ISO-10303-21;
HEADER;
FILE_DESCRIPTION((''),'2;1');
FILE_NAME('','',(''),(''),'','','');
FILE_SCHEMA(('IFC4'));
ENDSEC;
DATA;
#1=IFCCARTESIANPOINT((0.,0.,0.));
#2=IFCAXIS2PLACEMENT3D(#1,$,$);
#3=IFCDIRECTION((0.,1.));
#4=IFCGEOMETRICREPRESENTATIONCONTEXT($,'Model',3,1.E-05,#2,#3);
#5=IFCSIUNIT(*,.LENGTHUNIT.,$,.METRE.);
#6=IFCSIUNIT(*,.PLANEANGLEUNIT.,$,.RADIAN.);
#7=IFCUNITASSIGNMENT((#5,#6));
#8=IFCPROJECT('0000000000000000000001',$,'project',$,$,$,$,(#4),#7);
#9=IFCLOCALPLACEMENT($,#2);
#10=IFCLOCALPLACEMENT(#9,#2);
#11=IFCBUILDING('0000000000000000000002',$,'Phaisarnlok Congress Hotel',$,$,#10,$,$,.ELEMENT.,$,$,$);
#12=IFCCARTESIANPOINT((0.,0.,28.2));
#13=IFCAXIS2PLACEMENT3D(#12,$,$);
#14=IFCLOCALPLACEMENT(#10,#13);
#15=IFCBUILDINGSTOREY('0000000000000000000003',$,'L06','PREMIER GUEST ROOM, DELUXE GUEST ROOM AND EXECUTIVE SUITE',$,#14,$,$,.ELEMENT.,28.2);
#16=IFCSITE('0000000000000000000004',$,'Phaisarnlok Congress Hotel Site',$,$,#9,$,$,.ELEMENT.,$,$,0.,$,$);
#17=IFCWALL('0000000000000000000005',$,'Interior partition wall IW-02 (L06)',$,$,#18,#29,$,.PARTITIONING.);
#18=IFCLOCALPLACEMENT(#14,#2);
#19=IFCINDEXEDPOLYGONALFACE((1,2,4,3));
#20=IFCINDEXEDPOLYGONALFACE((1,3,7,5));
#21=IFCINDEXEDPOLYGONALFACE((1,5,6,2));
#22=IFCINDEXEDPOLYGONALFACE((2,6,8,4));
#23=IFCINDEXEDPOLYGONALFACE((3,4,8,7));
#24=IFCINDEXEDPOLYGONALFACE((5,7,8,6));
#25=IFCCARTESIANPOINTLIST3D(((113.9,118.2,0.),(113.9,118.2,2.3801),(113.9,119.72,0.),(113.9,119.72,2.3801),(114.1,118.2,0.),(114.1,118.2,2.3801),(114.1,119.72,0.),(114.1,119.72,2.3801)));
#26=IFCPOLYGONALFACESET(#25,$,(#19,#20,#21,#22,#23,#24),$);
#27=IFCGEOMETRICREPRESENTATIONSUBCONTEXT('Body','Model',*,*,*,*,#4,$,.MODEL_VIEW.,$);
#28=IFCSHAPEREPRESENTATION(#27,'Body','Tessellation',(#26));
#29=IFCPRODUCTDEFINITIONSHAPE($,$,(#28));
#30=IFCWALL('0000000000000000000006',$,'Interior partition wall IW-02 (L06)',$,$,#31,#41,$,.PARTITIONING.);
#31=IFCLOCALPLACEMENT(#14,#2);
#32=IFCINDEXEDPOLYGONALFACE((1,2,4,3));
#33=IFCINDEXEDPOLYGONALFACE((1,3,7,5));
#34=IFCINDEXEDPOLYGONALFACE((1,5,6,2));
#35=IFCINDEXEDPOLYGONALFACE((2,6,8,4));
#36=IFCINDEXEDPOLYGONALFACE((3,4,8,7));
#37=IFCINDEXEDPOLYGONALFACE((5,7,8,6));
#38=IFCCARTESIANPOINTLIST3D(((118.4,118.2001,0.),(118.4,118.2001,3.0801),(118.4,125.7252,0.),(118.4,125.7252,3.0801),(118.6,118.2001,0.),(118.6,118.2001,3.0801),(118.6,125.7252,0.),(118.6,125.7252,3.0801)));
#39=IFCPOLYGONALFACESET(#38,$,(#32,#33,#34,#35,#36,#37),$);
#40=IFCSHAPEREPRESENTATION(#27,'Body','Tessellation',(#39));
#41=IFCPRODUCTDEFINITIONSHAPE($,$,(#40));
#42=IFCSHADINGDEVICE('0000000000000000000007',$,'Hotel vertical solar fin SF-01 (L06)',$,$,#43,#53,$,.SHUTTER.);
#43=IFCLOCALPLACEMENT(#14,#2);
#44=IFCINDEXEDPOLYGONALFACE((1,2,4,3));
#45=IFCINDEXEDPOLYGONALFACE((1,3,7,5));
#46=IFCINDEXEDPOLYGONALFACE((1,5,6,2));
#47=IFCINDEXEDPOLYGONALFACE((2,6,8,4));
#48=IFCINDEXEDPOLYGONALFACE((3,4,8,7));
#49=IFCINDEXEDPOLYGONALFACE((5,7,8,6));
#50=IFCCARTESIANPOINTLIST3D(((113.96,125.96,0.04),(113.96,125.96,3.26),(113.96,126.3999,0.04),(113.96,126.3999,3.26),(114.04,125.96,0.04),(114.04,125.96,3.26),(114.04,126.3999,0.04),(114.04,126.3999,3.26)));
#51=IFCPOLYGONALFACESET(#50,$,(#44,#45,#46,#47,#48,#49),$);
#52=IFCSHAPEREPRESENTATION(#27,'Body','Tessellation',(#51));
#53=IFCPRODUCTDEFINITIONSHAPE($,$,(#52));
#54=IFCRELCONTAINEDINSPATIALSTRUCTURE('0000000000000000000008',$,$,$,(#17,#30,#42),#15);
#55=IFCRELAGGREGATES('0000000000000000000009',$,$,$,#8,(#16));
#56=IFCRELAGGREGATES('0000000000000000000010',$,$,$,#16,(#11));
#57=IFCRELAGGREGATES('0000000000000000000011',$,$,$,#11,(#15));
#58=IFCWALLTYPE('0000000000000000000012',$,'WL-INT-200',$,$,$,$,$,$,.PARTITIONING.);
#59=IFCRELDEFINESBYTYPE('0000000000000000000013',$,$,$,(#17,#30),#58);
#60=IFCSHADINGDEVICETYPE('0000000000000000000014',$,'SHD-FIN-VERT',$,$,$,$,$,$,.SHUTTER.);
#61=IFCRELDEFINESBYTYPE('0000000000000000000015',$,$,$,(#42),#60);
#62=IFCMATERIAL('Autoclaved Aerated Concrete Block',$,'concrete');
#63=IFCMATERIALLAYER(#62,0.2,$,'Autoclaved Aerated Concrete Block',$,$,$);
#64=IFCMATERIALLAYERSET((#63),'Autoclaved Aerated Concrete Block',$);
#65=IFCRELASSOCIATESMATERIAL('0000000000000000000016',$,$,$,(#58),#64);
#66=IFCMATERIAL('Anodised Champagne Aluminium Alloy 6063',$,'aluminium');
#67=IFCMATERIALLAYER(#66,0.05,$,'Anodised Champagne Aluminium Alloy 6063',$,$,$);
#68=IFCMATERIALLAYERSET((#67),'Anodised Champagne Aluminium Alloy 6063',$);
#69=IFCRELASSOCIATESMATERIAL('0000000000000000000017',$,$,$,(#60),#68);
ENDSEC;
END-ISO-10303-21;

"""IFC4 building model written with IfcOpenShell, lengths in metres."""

from ifc_helpers import new_model, si_unit, direction, frame, frame_2d, origin, origin_2d, place, context, subcontext, project, spatial, rectangle, extrude, material, layer, layer_set, type_object, element, save


model = new_model("IFC4")

# Units and contexts
model_context = context("Model", 3, precision=1e-05, world=origin(), true_north=direction((0.0, 1.0)))
body_context = subcontext(model_context, "Body", "Model", "MODEL_VIEW")
ifc_project = project(units=[si_unit("LENGTHUNIT", "METRE"), si_unit("PLANEANGLEUNIT", "RADIAN")], contexts=[model_context])

# Site, building, storey
site_placement = place(None, origin())
site = spatial("IfcSite", under=ifc_project, at=site_placement, Name="Phaisarnlok Congress Hotel Site", CompositionType="ELEMENT", RefElevation=0.0)
building_placement = place(site_placement, origin())
building = spatial("IfcBuilding", under=site, at=building_placement, Name="Phaisarnlok Congress Hotel", CompositionType="ELEMENT")
storey_placement = place(building_placement, frame((0.0, 0.0, 28.2)))
storey = spatial("IfcBuildingStorey", under=building, at=storey_placement, Name="L06", Description="PREMIER GUEST ROOM, DELUXE GUEST ROOM AND EXECUTIVE SUITE", CompositionType="ELEMENT", Elevation=28.2)

# Walls
ifc_material_1 = material(Name="Autoclaved Aerated Concrete Block", Category="concrete")
ifc_layer_1 = layer(ifc_material_1, 0.2, Name="Autoclaved Aerated Concrete Block")
ifc_layer_set_1 = layer_set([ifc_layer_1], Name="Autoclaved Aerated Concrete Block")
wall_type_1 = type_object("IfcWallType", Name="WL-INT-200", PredefinedType="PARTITIONING", material=ifc_layer_set_1)
wall_1_placement = place(storey_placement, frame((114.0, 118.2, 0.0), z_axis=(0.0, 0.0, 1.0), x_axis=(0.0, 1.0, 0.0)))
element("IfcWall", 1, at=wall_1_placement, inside=storey, type_object=wall_type_1, Name="Interior partition wall IW-02 (L06)", PredefinedType="PARTITIONING", context=body_context, shape_type="SweptSolid", body=[
    extrude(rectangle(XDim=1.52, YDim=0.2, at=frame_2d((0.76, 0.0))), origin(), (0.0, 0.0, 1.0), 2.3801),
])
wall_2_placement = place(storey_placement, frame((118.5, 118.2, 0.0), z_axis=(0.0, 0.0, 1.0), x_axis=(0.0, 1.0, 0.0)))
element("IfcWall", 2, at=wall_2_placement, inside=storey, type_object=wall_type_1, Name="Interior partition wall IW-02 (L06)", PredefinedType="PARTITIONING", context=body_context, shape_type="SweptSolid", body=[
    extrude(rectangle(XDim=7.5251, YDim=0.2, at=frame_2d((3.7627, 0.0))), origin(), (0.0, 0.0, 1.0), 3.0801),
])

# Shading device
ifc_material_2 = material(Name="Anodised Champagne Aluminium Alloy 6063", Category="aluminium")
ifc_layer_2 = layer(ifc_material_2, 0.05, Name="Anodised Champagne Aluminium Alloy 6063")
ifc_layer_set_2 = layer_set([ifc_layer_2], Name="Anodised Champagne Aluminium Alloy 6063")
shading_device_type = type_object("IfcShadingDeviceType", Name="SHD-FIN-VERT", PredefinedType="SHUTTER", material=ifc_layer_set_2)
shading_device_placement = place(storey_placement, frame((114.0, 126.1799, 0.04), z_axis=(0.0, 0.0, 1.0), x_axis=(1.0, 0.0, 0.0)))
element("IfcShadingDevice", 3, at=shading_device_placement, inside=storey, type_object=shading_device_type, Name="Hotel vertical solar fin SF-01 (L06)", PredefinedType="SHUTTER", context=body_context, shape_type="SweptSolid", body=[
    extrude(rectangle(XDim=0.0801, YDim=0.4399, at=origin_2d()), origin(), (0.0, 0.0, 1.0), 3.22),
])

save(model, "model.ifc")
